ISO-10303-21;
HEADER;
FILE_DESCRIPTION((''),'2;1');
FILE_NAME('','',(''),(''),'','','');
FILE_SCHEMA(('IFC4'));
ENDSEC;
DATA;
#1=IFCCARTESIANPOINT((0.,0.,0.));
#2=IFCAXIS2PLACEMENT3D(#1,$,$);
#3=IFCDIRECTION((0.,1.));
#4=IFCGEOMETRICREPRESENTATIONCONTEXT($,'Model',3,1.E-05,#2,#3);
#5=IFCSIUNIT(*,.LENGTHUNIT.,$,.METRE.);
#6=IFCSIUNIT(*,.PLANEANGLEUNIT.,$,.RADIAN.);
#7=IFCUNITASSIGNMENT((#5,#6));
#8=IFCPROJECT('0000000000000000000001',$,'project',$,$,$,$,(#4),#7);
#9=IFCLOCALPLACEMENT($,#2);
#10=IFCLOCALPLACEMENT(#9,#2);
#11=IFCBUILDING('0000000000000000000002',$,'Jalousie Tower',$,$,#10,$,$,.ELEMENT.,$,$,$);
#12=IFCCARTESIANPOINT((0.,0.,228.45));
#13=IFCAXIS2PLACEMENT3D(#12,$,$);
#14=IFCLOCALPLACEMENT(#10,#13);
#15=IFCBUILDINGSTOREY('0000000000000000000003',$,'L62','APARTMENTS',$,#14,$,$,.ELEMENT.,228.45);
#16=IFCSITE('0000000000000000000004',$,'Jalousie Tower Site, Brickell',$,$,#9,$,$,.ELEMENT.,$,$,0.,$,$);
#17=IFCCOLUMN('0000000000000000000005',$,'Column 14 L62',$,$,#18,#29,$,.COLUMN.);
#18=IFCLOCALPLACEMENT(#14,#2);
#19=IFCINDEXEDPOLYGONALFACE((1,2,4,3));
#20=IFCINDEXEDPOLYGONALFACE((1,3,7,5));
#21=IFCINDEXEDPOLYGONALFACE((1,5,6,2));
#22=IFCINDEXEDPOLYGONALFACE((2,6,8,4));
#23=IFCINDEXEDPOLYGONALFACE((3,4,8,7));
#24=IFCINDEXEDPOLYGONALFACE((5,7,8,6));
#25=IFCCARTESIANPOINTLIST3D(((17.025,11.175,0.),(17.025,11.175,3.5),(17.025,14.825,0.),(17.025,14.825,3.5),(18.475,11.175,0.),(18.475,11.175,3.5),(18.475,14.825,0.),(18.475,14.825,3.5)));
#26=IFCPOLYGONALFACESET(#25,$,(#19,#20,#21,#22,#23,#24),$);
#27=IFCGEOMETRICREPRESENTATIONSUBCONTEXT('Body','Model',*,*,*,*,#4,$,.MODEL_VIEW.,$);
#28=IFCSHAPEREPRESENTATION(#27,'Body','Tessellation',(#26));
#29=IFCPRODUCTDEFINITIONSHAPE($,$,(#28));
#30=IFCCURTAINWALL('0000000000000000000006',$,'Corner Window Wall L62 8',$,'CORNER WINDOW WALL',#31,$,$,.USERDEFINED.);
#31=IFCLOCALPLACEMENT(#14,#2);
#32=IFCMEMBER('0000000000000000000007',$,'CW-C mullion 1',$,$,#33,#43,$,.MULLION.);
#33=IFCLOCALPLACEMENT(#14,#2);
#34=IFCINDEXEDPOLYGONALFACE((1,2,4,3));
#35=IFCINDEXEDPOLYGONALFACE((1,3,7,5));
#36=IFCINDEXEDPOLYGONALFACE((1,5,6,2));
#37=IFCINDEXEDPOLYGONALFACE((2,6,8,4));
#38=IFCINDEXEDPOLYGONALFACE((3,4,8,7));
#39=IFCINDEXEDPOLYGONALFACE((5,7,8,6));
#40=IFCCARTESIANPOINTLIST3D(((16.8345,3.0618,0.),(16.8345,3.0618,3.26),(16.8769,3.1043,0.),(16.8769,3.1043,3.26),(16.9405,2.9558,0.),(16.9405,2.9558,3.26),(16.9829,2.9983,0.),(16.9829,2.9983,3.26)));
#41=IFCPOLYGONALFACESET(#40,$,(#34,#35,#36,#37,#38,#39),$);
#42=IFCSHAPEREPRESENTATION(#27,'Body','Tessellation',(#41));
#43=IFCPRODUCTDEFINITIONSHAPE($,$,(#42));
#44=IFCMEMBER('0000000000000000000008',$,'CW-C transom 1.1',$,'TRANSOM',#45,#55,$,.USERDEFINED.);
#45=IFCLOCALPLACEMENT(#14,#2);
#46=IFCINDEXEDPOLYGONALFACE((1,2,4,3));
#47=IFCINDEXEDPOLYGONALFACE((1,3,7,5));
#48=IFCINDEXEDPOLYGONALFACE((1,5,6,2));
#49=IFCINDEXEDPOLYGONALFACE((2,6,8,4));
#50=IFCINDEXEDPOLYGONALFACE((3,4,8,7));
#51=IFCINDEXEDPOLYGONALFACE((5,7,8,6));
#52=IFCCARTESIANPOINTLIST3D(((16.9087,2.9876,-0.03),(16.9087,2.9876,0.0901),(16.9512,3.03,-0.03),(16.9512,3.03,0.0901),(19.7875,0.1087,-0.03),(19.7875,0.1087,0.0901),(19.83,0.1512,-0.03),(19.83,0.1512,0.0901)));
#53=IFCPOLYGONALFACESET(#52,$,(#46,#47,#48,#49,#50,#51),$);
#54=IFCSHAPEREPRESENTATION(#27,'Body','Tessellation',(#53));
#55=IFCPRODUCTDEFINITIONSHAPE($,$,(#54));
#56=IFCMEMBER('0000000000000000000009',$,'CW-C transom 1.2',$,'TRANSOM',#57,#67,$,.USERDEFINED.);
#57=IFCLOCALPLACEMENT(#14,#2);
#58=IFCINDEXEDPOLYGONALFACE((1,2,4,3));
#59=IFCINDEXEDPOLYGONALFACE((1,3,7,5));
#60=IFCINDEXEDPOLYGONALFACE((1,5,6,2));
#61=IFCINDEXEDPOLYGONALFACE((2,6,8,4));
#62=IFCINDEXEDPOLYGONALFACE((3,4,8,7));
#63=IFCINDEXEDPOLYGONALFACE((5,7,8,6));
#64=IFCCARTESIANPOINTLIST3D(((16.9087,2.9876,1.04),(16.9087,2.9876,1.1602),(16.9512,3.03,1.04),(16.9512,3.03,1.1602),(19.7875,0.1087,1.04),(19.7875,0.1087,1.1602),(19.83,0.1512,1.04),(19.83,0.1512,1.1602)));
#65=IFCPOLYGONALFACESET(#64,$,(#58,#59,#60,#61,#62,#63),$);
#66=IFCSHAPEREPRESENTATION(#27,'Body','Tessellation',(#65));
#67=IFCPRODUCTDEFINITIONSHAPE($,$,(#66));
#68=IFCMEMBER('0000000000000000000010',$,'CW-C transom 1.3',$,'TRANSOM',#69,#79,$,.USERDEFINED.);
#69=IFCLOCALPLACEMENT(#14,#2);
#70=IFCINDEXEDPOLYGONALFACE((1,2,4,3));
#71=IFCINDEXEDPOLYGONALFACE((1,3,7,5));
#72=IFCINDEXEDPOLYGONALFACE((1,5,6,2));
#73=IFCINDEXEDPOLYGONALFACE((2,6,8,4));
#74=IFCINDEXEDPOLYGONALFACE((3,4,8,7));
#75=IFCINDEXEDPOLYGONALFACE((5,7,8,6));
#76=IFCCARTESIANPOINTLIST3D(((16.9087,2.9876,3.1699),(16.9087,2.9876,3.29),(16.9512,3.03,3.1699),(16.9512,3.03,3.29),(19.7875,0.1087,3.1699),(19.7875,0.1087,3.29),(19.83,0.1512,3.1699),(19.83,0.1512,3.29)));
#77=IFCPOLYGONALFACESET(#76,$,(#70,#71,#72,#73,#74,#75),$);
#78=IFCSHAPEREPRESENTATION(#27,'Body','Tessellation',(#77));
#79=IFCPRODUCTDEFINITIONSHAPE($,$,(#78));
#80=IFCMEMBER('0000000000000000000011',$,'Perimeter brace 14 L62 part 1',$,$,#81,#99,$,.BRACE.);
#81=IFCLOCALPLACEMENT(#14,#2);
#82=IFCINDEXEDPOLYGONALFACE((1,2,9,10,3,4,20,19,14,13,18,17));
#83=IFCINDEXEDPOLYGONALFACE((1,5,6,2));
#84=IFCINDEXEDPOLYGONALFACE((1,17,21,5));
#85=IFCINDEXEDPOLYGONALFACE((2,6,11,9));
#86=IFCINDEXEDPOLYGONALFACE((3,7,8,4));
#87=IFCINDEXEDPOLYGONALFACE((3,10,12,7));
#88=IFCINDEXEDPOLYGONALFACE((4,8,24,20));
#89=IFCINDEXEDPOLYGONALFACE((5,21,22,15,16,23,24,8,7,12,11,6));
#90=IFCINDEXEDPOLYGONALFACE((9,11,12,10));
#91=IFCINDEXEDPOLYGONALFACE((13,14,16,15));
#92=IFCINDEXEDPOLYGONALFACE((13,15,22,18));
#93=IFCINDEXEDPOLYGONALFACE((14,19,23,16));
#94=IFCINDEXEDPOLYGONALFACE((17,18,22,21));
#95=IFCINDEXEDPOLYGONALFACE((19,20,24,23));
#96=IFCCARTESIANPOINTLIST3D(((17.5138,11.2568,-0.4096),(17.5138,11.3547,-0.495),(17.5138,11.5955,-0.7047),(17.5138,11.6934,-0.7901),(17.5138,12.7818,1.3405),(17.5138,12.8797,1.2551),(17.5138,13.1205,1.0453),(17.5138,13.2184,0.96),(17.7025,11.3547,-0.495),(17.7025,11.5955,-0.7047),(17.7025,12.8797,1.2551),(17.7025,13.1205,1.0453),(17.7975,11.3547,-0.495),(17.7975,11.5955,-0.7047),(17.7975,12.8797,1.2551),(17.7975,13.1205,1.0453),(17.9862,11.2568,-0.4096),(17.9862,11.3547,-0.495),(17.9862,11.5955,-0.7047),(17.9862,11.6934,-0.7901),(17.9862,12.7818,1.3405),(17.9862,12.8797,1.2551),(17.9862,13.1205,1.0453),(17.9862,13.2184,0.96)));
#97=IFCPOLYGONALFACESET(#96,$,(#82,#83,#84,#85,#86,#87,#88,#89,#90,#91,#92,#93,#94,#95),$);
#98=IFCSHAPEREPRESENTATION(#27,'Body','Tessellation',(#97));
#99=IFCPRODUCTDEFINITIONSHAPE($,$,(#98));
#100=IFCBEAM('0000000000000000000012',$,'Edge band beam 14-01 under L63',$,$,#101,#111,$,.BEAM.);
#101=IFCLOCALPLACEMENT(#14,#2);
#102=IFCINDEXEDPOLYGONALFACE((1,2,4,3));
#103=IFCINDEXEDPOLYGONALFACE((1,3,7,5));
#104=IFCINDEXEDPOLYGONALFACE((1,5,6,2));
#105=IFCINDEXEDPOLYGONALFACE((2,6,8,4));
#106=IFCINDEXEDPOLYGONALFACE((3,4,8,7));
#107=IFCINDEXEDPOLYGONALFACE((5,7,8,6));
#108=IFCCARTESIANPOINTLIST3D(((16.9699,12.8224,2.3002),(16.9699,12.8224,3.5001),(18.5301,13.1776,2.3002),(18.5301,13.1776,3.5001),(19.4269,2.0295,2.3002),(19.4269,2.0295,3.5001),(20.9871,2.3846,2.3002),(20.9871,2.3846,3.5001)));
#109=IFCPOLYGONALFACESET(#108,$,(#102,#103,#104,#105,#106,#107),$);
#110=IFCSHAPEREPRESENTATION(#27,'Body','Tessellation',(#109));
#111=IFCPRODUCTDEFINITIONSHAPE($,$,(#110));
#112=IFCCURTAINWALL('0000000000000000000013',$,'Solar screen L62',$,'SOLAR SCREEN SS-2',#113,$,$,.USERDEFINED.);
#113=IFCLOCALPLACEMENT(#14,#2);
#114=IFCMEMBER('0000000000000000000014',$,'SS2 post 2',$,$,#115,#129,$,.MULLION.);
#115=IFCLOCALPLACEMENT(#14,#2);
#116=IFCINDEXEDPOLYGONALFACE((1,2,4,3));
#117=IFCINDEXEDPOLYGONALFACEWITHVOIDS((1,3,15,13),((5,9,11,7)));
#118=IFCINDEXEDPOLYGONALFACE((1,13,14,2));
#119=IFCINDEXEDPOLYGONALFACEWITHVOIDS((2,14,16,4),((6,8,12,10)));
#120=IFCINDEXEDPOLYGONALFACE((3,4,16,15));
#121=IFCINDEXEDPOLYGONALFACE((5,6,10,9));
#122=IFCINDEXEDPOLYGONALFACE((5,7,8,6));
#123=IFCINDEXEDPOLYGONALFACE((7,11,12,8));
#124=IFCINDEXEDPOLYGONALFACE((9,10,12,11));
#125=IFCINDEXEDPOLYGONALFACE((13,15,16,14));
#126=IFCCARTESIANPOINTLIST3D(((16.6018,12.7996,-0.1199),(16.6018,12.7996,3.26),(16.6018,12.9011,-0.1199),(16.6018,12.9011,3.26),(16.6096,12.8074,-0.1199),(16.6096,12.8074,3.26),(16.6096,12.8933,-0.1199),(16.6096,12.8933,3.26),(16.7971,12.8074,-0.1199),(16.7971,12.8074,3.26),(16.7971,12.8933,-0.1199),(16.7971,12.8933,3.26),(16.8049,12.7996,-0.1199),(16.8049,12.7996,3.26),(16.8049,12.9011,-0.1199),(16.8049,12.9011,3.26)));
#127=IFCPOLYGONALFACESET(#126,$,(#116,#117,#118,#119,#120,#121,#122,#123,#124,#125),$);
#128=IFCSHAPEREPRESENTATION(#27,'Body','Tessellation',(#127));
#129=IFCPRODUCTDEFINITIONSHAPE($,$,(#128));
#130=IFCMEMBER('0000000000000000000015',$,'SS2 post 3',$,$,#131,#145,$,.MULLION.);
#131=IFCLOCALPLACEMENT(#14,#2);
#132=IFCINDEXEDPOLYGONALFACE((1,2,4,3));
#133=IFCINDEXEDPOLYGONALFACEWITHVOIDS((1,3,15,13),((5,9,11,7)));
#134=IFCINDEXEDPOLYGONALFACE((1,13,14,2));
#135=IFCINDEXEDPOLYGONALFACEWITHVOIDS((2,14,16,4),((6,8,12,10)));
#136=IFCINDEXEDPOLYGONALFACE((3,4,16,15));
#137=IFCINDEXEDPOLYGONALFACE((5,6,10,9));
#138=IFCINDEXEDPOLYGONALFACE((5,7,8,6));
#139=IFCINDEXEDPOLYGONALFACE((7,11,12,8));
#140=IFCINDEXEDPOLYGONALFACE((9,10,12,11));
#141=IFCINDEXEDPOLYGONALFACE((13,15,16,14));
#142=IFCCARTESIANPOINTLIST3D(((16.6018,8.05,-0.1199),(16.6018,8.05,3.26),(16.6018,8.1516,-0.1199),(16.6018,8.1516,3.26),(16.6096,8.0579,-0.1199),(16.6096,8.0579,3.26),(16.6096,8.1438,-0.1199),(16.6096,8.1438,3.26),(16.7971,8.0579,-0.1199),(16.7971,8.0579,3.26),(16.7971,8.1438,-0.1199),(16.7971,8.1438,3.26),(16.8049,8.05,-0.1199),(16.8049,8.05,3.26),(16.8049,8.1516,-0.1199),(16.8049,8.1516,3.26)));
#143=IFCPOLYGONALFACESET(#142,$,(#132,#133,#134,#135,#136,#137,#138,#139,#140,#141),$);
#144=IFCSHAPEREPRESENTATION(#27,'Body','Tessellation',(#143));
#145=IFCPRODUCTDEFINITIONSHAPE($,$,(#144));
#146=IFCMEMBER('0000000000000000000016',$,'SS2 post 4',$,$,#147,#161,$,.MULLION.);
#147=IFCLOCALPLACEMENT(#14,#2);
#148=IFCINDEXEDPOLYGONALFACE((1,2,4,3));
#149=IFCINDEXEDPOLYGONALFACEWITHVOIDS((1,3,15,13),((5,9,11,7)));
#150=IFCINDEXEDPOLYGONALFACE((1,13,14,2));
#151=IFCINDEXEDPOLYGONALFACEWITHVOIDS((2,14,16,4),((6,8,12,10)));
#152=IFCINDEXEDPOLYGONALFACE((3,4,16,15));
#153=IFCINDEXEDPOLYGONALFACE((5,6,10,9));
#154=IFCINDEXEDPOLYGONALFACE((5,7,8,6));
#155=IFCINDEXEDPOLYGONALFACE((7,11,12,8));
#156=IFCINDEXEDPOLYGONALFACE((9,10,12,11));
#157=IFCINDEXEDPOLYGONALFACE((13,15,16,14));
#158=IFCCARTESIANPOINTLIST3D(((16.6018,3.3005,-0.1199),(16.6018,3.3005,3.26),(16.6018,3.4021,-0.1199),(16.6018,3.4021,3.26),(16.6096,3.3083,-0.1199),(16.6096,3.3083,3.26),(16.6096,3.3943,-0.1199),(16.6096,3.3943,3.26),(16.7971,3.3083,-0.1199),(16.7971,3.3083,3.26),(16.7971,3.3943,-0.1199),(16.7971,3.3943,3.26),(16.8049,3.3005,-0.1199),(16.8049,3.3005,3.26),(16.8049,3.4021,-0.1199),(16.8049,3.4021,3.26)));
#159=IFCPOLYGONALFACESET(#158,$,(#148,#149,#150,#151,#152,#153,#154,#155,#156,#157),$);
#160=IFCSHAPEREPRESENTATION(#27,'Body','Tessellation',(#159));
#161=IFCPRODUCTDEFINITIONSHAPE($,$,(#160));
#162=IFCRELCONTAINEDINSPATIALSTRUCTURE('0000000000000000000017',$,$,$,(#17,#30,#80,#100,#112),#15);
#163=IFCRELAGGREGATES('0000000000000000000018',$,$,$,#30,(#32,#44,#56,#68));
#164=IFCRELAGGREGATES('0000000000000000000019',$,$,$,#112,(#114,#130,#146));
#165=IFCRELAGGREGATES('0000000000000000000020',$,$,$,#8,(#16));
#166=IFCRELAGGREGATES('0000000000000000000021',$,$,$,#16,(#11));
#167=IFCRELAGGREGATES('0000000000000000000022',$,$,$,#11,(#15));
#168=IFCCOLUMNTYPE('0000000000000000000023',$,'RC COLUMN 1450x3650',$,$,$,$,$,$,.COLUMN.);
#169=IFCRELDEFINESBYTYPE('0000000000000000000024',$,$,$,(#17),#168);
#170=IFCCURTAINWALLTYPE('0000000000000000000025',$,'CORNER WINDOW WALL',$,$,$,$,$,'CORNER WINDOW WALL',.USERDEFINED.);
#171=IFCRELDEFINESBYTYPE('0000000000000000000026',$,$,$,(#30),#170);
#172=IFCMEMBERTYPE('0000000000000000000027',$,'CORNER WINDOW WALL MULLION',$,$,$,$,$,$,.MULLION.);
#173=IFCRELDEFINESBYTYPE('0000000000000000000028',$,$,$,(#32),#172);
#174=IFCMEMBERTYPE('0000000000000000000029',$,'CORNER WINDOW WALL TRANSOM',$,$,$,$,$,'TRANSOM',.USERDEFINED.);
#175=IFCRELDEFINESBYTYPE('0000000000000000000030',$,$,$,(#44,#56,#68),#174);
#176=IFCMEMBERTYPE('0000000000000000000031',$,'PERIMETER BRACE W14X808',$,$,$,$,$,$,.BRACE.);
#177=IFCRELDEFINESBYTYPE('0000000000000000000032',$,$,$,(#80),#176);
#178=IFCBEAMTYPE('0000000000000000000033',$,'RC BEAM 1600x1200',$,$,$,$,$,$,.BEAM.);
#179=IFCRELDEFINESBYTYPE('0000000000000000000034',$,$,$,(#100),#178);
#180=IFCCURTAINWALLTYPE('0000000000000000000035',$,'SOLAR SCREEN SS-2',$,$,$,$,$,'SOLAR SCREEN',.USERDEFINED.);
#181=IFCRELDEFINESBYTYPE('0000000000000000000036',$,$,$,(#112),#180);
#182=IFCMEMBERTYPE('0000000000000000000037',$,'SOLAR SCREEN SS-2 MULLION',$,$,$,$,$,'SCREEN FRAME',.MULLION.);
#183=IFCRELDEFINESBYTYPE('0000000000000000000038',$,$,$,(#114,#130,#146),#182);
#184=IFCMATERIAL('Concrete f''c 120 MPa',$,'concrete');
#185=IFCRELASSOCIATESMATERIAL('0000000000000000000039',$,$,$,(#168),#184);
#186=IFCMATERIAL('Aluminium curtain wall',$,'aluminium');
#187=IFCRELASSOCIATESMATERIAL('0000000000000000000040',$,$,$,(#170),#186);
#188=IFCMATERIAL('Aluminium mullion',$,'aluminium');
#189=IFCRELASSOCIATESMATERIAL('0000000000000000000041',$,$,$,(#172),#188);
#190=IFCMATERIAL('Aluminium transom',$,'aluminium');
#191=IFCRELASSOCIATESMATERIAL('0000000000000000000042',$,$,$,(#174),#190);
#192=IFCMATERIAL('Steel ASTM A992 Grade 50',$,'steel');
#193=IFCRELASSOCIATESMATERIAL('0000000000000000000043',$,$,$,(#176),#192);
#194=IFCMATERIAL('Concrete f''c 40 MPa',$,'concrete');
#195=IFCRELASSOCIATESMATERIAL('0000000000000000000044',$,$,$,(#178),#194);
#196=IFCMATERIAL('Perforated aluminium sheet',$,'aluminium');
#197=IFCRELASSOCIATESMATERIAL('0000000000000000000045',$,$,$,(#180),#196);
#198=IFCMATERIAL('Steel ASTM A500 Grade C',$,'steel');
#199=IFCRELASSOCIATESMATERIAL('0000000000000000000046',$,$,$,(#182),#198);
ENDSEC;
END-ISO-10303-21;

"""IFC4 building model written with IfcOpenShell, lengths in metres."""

from ifc_helpers import new_model, si_unit, direction, frame, origin, origin_2d, place, context, subcontext, project, spatial, rectangle, hollow_rectangle, i_section, extrude, material, material_profile, profile_set, type_object, element, aggregate, save


model = new_model("IFC4")

# Units and contexts
model_context = context("Model", 3, precision=1e-05, world=origin(), true_north=direction((0.0, 1.0)))
body_context = subcontext(model_context, "Body", "Model", "MODEL_VIEW")
ifc_project = project(units=[si_unit("LENGTHUNIT", "METRE"), si_unit("PLANEANGLEUNIT", "RADIAN")], contexts=[model_context])

# Site, building, storey
site_placement = place(None, origin())
site = spatial("IfcSite", under=ifc_project, at=site_placement, Name="Jalousie Tower Site, Brickell", CompositionType="ELEMENT", RefElevation=0.0)
building_placement = place(site_placement, origin())
building = spatial("IfcBuilding", under=site, at=building_placement, Name="Jalousie Tower", CompositionType="ELEMENT")
storey_placement = place(building_placement, frame((0.0, 0.0, 228.45)))
storey = spatial("IfcBuildingStorey", under=building, at=storey_placement, Name="L62", Description="APARTMENTS", CompositionType="ELEMENT", Elevation=228.45)

# Column
ifc_material_1 = material(Name="Concrete f'c 120 MPa", Category="concrete")
ifc_material_profile_1 = material_profile(ifc_material_1, rectangle(XDim=1.45, YDim=3.6499, at=origin_2d()), Name="RC 1450x3650")
ifc_profile_set_1 = profile_set([ifc_material_profile_1], Name="Concrete f'c 120 MPa")
column_type = type_object("IfcColumnType", Name="RC COLUMN 1450x3650", PredefinedType="COLUMN", material=ifc_profile_set_1)
column_placement = place(storey_placement, frame((17.75, 13.0, 0.0), z_axis=(0.0, 0.0, 1.0), x_axis=(1.0, 0.0, 0.0)))
element("IfcColumn", 1, at=column_placement, inside=storey, type_object=column_type, Name="Column 14 L62", PredefinedType="COLUMN", context=body_context, shape_type="SweptSolid", body=[
    extrude(rectangle(XDim=1.45, YDim=3.6499, at=origin_2d()), origin(), (0.0, 0.0, 1.0), 3.5),
])

# Curtain wall, members
ifc_material_2 = material(Name="Aluminium curtain wall", Category="aluminium")
curtain_wall_type_1 = type_object("IfcCurtainWallType", Name="CORNER WINDOW WALL", ElementType="CORNER WINDOW WALL", PredefinedType="USERDEFINED", material=ifc_material_2)
curtain_wall_1_placement = place(storey_placement, origin())
curtain_wall_1 = element("IfcCurtainWall", 2, at=curtain_wall_1_placement, inside=storey, type_object=curtain_wall_type_1, Name="Corner Window Wall L62 8", ObjectType="CORNER WINDOW WALL", PredefinedType="USERDEFINED")
ifc_material_3 = material(Name="Aluminium mullion", Category="aluminium")
ifc_material_profile_2 = material_profile(ifc_material_3, rectangle(XDim=0.0601, YDim=0.1499, at=origin_2d()), Name="MULLION 60x150")
ifc_profile_set_2 = profile_set([ifc_material_profile_2], Name="Aluminium mullion")
member_type_1 = type_object("IfcMemberType", Name="CORNER WINDOW WALL MULLION", PredefinedType="MULLION", material=ifc_profile_set_2)
member_1_placement = place(storey_placement, frame((16.9087, 3.03, 0.0), z_axis=(0.0, 0.0, 1.0), x_axis=(0.707107, 0.707107, 0.0)))
member_1 = element("IfcMember", 3, at=member_1_placement, type_object=member_type_1, Name="CW-C mullion 1", PredefinedType="MULLION", context=body_context, shape_type="SweptSolid", body=[
    extrude(rectangle(XDim=0.0601, YDim=0.1499, at=origin_2d()), origin(), (0.0, 0.0, 1.0), 3.26),
])
ifc_material_4 = material(Name="Aluminium transom", Category="aluminium")
ifc_material_profile_3 = material_profile(ifc_material_4, rectangle(XDim=0.0601, YDim=0.1201, at=origin_2d()), Name="TRANSOM 60x120")
ifc_profile_set_3 = profile_set([ifc_material_profile_3], Name="Aluminium transom")
member_type_2 = type_object("IfcMemberType", Name="CORNER WINDOW WALL TRANSOM", ElementType="TRANSOM", PredefinedType="USERDEFINED", material=ifc_profile_set_3)
member_2_placement = place(storey_placement, frame((16.9299, 3.0088, 0.03), z_axis=(0.707107, -0.707107, 0.0), x_axis=(0.707107, 0.707107, 0.0)))
member_2 = element("IfcMember", 4, at=member_2_placement, type_object=member_type_2, Name="CW-C transom 1.1", ObjectType="TRANSOM", PredefinedType="USERDEFINED", context=body_context, shape_type="SweptSolid", body=[
    extrude(rectangle(XDim=0.0601, YDim=0.1201, at=origin_2d()), origin(), (0.0, 0.0, 1.0), 4.0713),
])
member_3_placement = place(storey_placement, frame((16.9299, 3.0088, 1.1001), z_axis=(0.707107, -0.707107, 0.0), x_axis=(0.707107, 0.707107, 0.0)))
member_3 = element("IfcMember", 5, at=member_3_placement, type_object=member_type_2, Name="CW-C transom 1.2", ObjectType="TRANSOM", PredefinedType="USERDEFINED", context=body_context, shape_type="SweptSolid", body=[
    extrude(rectangle(XDim=0.0601, YDim=0.1201, at=origin_2d()), origin(), (0.0, 0.0, 1.0), 4.0713),
])
member_4_placement = place(storey_placement, frame((16.9299, 3.0088, 3.23), z_axis=(0.707107, -0.707107, 0.0), x_axis=(0.707107, 0.707107, 0.0)))
member_4 = element("IfcMember", 6, at=member_4_placement, type_object=member_type_2, Name="CW-C transom 1.3", ObjectType="TRANSOM", PredefinedType="USERDEFINED", context=body_context, shape_type="SweptSolid", body=[
    extrude(rectangle(XDim=0.0601, YDim=0.1201, at=origin_2d()), origin(), (0.0, 0.0, 1.0), 4.0713),
])
aggregate(curtain_wall_1, [member_1, member_2, member_3, member_4])

# Member
ifc_material_5 = material(Name="Steel ASTM A992 Grade 50", Category="steel")
ifc_material_profile_4 = material_profile(ifc_material_5, i_section(OverallWidth=0.4724, OverallDepth=0.5791, WebThickness=0.095, FlangeThickness=0.1299, at=origin_2d()), Name="W14X808")
ifc_profile_set_4 = profile_set([ifc_material_profile_4], Name="Steel ASTM A992 Grade 50")
member_type_3 = type_object("IfcMemberType", Name="PERIMETER BRACE W14X808", PredefinedType="BRACE", material=ifc_profile_set_4)
member_5_placement = place(storey_placement, frame((17.75, 11.4751, -0.5999), z_axis=(0.0, 0.656954, 0.75393), x_axis=(-1.0, 0.0, 0.0)))
element("IfcMember", 7, at=member_5_placement, inside=storey, type_object=member_type_3, Name="Perimeter brace 14 L62 part 1", PredefinedType="BRACE", context=body_context, shape_type="SweptSolid", body=[
    extrude(i_section(OverallWidth=0.4724, OverallDepth=0.5791, WebThickness=0.095, FlangeThickness=0.1299, at=origin_2d()), origin(), (0.0, 0.0, 1.0), 2.3213),
])

# Beam
ifc_material_6 = material(Name="Concrete f'c 40 MPa", Category="concrete")
ifc_material_profile_5 = material_profile(ifc_material_6, rectangle(XDim=1.6001, YDim=1.2, at=origin_2d()), Name="RC 1600x1200")
ifc_profile_set_5 = profile_set([ifc_material_profile_5], Name="Concrete f'c 40 MPa")
beam_type = type_object("IfcBeamType", Name="RC BEAM 1600x1200", PredefinedType="BEAM", material=ifc_profile_set_5)
beam_placement = place(storey_placement, frame((17.75, 13.0, 2.9001), z_axis=(0.221972, -0.975053, 0.0), x_axis=(0.975053, 0.221972, 0.0)))
element("IfcBeam", 8, at=beam_placement, inside=storey, type_object=beam_type, Name="Edge band beam 14-01 under L63", PredefinedType="BEAM", context=body_context, shape_type="SweptSolid", body=[
    extrude(rectangle(XDim=1.6001, YDim=1.2, at=origin_2d()), origin(), (0.0, 0.0, 1.0), 11.0691),
])

# Curtain wall, members
ifc_material_7 = material(Name="Perforated aluminium sheet", Category="aluminium")
curtain_wall_type_2 = type_object("IfcCurtainWallType", Name="SOLAR SCREEN SS-2", ElementType="SOLAR SCREEN", PredefinedType="USERDEFINED", material=ifc_material_7)
curtain_wall_2_placement = place(storey_placement, origin())
curtain_wall_2 = element("IfcCurtainWall", 9, at=curtain_wall_2_placement, inside=storey, type_object=curtain_wall_type_2, Name="Solar screen L62", ObjectType="SOLAR SCREEN SS-2", PredefinedType="USERDEFINED")
ifc_material_8 = material(Name="Steel ASTM A500 Grade C", Category="steel")
ifc_material_profile_6 = material_profile(ifc_material_8, hollow_rectangle(XDim=0.1016, YDim=0.2031, WallThickness=0.0078, at=origin_2d()), Name="HSS8X4X5/16")
ifc_profile_set_6 = profile_set([ifc_material_profile_6], Name="Steel ASTM A500 Grade C")
member_type_4 = type_object("IfcMemberType", Name="SOLAR SCREEN SS-2 MULLION", ElementType="SCREEN FRAME", PredefinedType="MULLION", material=ifc_profile_set_6)
member_6_placement = place(storey_placement, frame((16.7034, 12.8503, -0.1199), z_axis=(0.0, 0.0, 1.0), x_axis=(0.0, -1.0, 0.0)))
member_6 = element("IfcMember", 10, at=member_6_placement, type_object=member_type_4, Name="SS2 post 2", PredefinedType="MULLION", context=body_context, shape_type="SweptSolid", body=[
    extrude(hollow_rectangle(XDim=0.1016, YDim=0.2031, WallThickness=0.0078, at=origin_2d()), origin(), (0.0, 0.0, 1.0), 3.3799),
])
member_7_placement = place(storey_placement, frame((16.7034, 8.1008, -0.1199), z_axis=(0.0, 0.0, 1.0), x_axis=(0.0, -1.0, 0.0)))
member_7 = element("IfcMember", 11, at=member_7_placement, type_object=member_type_4, Name="SS2 post 3", PredefinedType="MULLION", context=body_context, shape_type="SweptSolid", body=[
    extrude(hollow_rectangle(XDim=0.1016, YDim=0.2031, WallThickness=0.0078, at=origin_2d()), origin(), (0.0, 0.0, 1.0), 3.3799),
])
member_8_placement = place(storey_placement, frame((16.7034, 3.3513, -0.1199), z_axis=(0.0, 0.0, 1.0), x_axis=(0.0, -1.0, 0.0)))
member_8 = element("IfcMember", 12, at=member_8_placement, type_object=member_type_4, Name="SS2 post 4", PredefinedType="MULLION", context=body_context, shape_type="SweptSolid", body=[
    extrude(hollow_rectangle(XDim=0.1016, YDim=0.2031, WallThickness=0.0078, at=origin_2d()), origin(), (0.0, 0.0, 1.0), 3.3799),
])

aggregate(curtain_wall_2, [member_6, member_7, member_8])

save(model, "model.ifc")
